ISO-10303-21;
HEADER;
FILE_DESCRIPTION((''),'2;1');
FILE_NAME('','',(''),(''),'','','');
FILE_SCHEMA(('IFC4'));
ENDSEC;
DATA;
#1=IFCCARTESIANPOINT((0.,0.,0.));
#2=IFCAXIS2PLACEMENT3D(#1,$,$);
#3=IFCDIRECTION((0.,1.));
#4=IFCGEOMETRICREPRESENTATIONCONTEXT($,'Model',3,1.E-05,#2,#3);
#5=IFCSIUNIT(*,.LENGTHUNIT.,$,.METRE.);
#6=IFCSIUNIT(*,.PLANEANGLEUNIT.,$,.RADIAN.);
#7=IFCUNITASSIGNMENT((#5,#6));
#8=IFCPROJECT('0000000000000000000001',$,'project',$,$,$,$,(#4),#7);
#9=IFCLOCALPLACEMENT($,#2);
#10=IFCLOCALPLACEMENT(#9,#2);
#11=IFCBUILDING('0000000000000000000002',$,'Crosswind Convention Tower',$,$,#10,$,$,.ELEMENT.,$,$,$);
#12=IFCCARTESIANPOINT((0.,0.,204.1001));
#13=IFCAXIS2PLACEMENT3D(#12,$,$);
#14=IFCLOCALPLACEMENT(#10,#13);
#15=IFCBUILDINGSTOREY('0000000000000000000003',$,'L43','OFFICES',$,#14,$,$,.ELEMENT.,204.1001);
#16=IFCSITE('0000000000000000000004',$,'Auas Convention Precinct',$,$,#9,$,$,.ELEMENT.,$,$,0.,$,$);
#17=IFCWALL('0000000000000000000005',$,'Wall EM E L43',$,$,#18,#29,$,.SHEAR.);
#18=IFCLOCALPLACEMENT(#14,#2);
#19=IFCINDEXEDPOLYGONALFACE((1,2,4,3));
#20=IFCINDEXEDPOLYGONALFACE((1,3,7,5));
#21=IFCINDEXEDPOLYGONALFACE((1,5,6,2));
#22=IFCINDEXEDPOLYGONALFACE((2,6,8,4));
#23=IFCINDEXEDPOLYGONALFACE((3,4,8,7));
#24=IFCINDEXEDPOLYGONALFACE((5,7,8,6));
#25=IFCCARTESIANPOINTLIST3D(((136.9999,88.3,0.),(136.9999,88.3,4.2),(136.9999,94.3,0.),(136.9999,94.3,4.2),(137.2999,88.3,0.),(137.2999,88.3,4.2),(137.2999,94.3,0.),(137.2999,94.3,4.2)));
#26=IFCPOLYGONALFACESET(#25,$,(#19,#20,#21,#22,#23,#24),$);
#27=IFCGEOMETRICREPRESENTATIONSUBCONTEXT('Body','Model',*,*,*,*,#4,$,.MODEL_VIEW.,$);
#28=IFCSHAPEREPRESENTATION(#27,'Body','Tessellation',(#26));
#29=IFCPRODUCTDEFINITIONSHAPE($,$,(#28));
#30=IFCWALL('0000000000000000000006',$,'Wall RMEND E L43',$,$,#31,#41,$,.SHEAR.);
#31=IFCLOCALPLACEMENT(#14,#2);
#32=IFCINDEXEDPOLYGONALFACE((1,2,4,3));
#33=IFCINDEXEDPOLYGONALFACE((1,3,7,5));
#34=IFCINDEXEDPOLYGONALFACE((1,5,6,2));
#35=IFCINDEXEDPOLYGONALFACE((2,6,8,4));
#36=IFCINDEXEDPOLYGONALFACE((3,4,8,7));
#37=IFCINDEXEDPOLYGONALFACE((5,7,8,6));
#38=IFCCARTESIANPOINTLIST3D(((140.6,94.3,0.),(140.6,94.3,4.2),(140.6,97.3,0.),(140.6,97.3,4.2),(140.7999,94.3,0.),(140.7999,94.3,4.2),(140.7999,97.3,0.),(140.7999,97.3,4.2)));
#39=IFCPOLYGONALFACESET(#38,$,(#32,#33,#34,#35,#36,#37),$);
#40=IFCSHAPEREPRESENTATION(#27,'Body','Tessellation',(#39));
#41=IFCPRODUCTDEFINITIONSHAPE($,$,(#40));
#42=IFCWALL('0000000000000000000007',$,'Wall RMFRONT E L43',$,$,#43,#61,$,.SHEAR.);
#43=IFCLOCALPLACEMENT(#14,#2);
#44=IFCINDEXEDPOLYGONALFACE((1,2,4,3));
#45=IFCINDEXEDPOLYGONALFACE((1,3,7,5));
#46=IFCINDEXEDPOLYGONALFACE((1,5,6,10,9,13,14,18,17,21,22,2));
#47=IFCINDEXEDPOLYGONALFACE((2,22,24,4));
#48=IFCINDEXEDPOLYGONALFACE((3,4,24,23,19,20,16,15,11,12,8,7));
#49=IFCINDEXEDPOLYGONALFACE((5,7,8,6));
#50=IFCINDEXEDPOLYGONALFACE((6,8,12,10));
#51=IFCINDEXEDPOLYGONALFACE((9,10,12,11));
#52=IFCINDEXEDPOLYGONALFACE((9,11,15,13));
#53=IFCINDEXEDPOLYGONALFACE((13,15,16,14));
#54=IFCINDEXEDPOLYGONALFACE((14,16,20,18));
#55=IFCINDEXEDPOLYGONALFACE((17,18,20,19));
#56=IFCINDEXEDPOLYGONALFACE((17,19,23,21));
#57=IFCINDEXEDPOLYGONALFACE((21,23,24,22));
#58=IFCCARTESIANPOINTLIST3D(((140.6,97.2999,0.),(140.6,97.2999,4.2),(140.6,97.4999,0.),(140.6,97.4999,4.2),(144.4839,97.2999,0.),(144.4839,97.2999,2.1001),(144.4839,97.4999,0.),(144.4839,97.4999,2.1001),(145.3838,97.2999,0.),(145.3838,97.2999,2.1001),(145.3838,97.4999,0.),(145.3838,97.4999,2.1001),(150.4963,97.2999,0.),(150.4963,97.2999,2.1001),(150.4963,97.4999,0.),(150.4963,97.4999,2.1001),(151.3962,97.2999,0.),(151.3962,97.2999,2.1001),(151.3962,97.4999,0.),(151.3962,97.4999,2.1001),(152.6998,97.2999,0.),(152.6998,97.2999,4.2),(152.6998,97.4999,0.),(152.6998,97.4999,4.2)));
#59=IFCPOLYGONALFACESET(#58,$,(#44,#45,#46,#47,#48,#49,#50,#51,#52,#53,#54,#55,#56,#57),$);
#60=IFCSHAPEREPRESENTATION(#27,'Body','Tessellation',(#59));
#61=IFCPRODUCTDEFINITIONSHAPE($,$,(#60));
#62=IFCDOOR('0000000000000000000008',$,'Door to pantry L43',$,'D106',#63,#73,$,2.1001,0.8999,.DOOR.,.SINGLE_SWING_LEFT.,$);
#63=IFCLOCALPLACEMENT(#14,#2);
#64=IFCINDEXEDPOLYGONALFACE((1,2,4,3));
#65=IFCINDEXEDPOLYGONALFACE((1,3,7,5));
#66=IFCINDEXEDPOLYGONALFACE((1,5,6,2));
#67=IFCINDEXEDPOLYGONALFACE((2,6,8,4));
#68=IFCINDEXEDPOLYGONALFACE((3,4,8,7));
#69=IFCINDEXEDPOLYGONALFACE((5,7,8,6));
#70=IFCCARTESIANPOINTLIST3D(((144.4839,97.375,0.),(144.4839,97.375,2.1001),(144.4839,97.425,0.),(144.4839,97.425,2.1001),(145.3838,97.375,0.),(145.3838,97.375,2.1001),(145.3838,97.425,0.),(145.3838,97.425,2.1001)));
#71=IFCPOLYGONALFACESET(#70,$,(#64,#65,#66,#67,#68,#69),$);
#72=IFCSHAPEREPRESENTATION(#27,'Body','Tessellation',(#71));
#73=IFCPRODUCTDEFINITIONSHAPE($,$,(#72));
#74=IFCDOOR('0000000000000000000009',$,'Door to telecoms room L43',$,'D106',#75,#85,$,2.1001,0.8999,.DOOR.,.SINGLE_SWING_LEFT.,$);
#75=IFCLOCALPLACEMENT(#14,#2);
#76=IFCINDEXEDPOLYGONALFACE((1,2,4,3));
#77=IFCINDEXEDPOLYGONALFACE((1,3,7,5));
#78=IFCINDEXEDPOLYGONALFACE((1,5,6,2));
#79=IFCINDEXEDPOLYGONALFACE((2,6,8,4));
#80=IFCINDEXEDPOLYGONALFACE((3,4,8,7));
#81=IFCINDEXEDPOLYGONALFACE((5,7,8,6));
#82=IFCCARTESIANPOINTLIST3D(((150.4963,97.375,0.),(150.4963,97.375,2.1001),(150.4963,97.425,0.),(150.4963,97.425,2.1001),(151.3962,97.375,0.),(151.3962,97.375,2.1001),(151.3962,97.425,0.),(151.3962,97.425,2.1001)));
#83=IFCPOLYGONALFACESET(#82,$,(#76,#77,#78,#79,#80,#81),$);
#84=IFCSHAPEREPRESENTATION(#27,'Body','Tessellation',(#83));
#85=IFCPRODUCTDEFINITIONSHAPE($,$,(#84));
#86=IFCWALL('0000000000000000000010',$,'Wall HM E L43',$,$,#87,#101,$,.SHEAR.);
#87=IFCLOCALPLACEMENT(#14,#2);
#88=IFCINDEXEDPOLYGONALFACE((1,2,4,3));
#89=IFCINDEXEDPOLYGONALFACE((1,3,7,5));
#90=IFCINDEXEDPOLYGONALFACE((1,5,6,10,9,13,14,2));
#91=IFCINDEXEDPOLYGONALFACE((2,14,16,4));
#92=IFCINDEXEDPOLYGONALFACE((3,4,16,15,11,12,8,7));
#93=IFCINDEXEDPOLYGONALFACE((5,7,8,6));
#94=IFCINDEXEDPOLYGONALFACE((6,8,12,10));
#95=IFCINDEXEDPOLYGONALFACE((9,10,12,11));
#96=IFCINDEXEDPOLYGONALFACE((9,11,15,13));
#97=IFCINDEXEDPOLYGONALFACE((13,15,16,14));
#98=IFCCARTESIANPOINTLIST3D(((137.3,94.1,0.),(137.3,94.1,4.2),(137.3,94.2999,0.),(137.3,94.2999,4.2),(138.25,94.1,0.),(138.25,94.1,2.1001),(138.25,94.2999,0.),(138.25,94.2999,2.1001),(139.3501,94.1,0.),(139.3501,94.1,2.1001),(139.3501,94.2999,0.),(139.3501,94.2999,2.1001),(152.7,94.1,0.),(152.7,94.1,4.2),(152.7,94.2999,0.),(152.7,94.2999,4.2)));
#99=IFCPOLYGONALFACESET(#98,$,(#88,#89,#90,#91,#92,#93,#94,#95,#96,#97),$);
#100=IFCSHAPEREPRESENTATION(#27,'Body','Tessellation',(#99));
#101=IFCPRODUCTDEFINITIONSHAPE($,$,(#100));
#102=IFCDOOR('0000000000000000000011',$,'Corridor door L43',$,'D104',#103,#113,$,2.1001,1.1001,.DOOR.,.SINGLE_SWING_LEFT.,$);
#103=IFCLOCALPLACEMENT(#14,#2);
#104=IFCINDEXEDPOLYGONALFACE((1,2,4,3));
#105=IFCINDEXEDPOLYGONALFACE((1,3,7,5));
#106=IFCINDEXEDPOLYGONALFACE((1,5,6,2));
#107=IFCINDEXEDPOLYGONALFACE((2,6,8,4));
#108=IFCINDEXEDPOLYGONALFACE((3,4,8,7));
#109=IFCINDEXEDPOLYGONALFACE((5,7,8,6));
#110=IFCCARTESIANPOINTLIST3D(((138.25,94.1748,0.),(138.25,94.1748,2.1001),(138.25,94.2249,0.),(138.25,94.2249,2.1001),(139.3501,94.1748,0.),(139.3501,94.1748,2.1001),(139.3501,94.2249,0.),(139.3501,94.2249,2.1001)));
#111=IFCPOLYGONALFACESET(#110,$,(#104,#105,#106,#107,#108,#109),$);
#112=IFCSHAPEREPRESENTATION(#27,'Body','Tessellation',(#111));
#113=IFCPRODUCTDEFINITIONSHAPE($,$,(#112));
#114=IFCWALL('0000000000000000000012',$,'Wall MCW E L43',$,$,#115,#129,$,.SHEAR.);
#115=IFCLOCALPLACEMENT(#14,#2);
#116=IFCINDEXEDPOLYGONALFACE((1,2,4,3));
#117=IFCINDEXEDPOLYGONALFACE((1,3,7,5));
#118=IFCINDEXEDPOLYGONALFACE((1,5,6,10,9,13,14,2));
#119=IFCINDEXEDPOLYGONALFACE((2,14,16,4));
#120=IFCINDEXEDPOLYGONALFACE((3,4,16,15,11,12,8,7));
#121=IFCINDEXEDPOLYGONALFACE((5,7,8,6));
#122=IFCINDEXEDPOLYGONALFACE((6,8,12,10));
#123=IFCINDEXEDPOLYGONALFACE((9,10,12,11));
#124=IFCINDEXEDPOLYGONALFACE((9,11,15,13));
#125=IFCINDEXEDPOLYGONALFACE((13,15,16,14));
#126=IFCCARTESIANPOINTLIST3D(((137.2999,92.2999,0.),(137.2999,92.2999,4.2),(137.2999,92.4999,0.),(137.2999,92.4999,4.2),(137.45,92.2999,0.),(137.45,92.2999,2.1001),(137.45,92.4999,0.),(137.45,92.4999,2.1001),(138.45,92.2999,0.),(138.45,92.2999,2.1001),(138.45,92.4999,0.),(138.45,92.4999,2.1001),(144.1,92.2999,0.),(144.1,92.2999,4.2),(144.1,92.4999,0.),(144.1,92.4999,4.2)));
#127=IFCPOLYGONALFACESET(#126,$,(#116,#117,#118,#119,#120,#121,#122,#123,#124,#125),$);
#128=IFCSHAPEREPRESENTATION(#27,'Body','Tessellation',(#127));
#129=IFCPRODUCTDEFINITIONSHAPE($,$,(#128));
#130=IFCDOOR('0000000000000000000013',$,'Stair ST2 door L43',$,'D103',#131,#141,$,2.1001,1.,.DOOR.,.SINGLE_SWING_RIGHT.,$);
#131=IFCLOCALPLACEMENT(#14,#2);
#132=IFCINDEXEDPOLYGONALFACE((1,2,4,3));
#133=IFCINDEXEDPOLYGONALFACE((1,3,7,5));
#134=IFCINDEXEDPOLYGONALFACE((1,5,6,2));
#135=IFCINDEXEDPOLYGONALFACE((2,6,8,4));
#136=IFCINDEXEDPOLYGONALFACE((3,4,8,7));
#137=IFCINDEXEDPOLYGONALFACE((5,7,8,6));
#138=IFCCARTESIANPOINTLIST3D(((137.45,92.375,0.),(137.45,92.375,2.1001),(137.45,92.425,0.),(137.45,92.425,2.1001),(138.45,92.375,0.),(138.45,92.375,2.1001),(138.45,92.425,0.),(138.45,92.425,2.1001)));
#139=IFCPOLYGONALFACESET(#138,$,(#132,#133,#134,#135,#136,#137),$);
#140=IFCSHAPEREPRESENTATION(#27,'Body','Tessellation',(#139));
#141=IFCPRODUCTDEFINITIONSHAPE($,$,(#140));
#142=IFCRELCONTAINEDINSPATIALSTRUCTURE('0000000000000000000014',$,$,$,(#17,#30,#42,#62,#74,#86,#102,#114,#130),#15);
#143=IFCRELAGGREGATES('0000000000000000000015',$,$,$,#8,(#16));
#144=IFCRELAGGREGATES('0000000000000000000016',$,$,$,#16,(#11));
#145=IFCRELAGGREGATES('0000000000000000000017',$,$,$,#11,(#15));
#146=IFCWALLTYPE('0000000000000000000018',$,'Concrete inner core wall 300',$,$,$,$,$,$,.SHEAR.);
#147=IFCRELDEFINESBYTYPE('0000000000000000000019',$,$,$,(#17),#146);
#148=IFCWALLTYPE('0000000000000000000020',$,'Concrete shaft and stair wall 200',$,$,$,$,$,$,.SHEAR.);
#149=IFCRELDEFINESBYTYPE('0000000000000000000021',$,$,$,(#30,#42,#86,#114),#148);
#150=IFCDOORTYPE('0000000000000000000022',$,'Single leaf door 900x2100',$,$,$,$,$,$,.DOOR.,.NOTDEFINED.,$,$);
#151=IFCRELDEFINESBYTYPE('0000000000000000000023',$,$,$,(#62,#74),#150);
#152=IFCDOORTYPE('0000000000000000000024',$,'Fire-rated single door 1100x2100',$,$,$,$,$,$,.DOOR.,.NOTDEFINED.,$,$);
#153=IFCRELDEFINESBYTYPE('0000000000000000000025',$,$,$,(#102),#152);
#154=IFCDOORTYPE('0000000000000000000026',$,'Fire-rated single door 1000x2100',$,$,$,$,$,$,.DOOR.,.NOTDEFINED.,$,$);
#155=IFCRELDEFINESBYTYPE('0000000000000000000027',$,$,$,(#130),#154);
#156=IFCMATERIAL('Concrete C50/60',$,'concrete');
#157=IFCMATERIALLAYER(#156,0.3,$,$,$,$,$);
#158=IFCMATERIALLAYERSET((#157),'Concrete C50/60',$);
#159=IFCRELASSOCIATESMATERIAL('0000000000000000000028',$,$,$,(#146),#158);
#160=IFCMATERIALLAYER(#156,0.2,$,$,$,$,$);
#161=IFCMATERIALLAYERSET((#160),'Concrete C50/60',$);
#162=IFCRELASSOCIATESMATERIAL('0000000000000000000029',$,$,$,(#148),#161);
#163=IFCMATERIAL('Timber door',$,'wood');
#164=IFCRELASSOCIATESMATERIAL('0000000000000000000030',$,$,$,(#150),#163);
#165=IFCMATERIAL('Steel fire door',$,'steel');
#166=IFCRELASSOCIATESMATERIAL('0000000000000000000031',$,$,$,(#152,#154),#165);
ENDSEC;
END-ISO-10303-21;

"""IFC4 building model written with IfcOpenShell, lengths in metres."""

from ifc_helpers import new_model, si_unit, direction, frame, frame_2d, origin, place, context, subcontext, project, spatial, rectangle, extrude, material, layer, layer_set, type_object, element, fill, save


model = new_model("IFC4")

# Units and contexts
model_context = context("Model", 3, precision=1e-05, world=origin(), true_north=direction((0.0, 1.0)))
body_context = subcontext(model_context, "Body", "Model", "MODEL_VIEW")
ifc_project = project(units=[si_unit("LENGTHUNIT", "METRE"), si_unit("PLANEANGLEUNIT", "RADIAN")], contexts=[model_context])

# Site, building, storey
site_placement = place(None, origin())
site = spatial("IfcSite", under=ifc_project, at=site_placement, Name="Auas Convention Precinct", CompositionType="ELEMENT", RefElevation=0.0)
building_placement = place(site_placement, origin())
building = spatial("IfcBuilding", under=site, at=building_placement, Name="Crosswind Convention Tower", CompositionType="ELEMENT")
storey_placement = place(building_placement, frame((0.0, 0.0, 204.1001)))
storey = spatial("IfcBuildingStorey", under=building, at=storey_placement, Name="L43", Description="OFFICES", CompositionType="ELEMENT", Elevation=204.1001)

# Shared definitions
ifc_material_1 = material(Name="Concrete C50/60", Category="concrete")
ifc_layer_1 = layer(ifc_material_1, 0.3)
ifc_layer_set_1 = layer_set([ifc_layer_1], Name="Concrete C50/60")
wall_type_1 = type_object("IfcWallType", Name="Concrete inner core wall 300", PredefinedType="SHEAR", material=ifc_layer_set_1)

# Walls
wall_1_placement = place(storey_placement, frame((137.1499, 88.3, 0.0), z_axis=(0.0, 0.0, 1.0), x_axis=(0.0, 1.0, 0.0)))
element("IfcWall", 1, at=wall_1_placement, inside=storey, type_object=wall_type_1, Name="Wall EM E L43", PredefinedType="SHEAR", context=body_context, shape_type="SweptSolid", body=[
    extrude(rectangle(XDim=6.0, YDim=0.3, at=frame_2d((3.0, 0.0))), origin(), (0.0, 0.0, 1.0), 4.2),
])
ifc_layer_2 = layer(ifc_material_1, 0.2)
ifc_layer_set_2 = layer_set([ifc_layer_2], Name="Concrete C50/60")
wall_type_2 = type_object("IfcWallType", Name="Concrete shaft and stair wall 200", PredefinedType="SHEAR", material=ifc_layer_set_2)
wall_2_placement = place(storey_placement, frame((140.7, 94.3, 0.0), z_axis=(0.0, 0.0, 1.0), x_axis=(0.0, 1.0, 0.0)))
element("IfcWall", 2, at=wall_2_placement, inside=storey, type_object=wall_type_2, Name="Wall RMEND E L43", PredefinedType="SHEAR", context=body_context, shape_type="SweptSolid", body=[
    extrude(rectangle(XDim=3.0, YDim=0.2, at=frame_2d((1.5, 0.0))), origin(), (0.0, 0.0, 1.0), 4.2),
])

# Wall, openings, doors
wall_3_placement = place(storey_placement, frame((140.6001, 97.3999, 0.0), z_axis=(0.0, 0.0, 1.0), x_axis=(1.0, 0.0, 0.0)))
wall_3 = element("IfcWall", 3, at=wall_3_placement, inside=storey, type_object=wall_type_2, Name="Wall RMFRONT E L43", PredefinedType="SHEAR", context=body_context, shape_type="SweptSolid", body=[
    extrude(rectangle(XDim=12.0999, YDim=0.2, at=frame_2d((6.0498, 0.0))), origin(), (0.0, 0.0, 1.0), 4.2),
])
opening_1_placement = place(wall_3_placement, frame((3.8838, 0.0, 0.0)))
opening_1 = element("IfcOpeningElement", 4, at=opening_1_placement, cuts=wall_3, PredefinedType="OPENING", context=body_context, shape_type="SweptSolid", body=[
    extrude(rectangle(XDim=0.8999, YDim=2.1001, at=frame_2d((0.45, 1.05))), frame((0.0, 0.1099, 0.0), z_axis=(0.0, -1.0, 0.0), x_axis=(1.0, 0.0, 0.0)), (0.0, 0.0, 1.0), 0.22),
])
opening_2_placement = place(wall_3_placement, frame((9.8962, 0.0, 0.0)))
opening_2 = element("IfcOpeningElement", 5, at=opening_2_placement, cuts=wall_3, PredefinedType="OPENING", context=body_context, shape_type="SweptSolid", body=[
    extrude(rectangle(XDim=0.8999, YDim=2.1001, at=frame_2d((0.45, 1.05))), frame((0.0, 0.1099, 0.0), z_axis=(0.0, -1.0, 0.0), x_axis=(1.0, 0.0, 0.0)), (0.0, 0.0, 1.0), 0.22),
])
ifc_material_2 = material(Name="Timber door", Category="wood")
door_type_1 = type_object("IfcDoorType", Name="Single leaf door 900x2100", OperationType="NOTDEFINED", PredefinedType="DOOR", material=ifc_material_2)
door_1_placement = place(opening_1_placement, frame((0.8999, 0.0, 0.0), z_axis=(0.0, 0.0, 1.0), x_axis=(-1.0, 0.0, 0.0)))
door_1 = element("IfcDoor", 6, at=door_1_placement, inside=storey, type_object=door_type_1, Name="Door to pantry L43", ObjectType="D106", OperationType="SINGLE_SWING_LEFT", OverallHeight=2.1001, OverallWidth=0.8999, PredefinedType="DOOR", context=body_context, shape_type="SweptSolid", body=[
    extrude(rectangle(XDim=0.8999, YDim=2.1001, at=frame_2d((0.45, 1.05))), frame((0.0, 0.0249, 0.0), z_axis=(0.0, -1.0, 0.0), x_axis=(1.0, 0.0, 0.0)), (0.0, 0.0, 1.0), 0.05),
])
fill(opening_1, door_1)
door_2_placement = place(opening_2_placement, frame((0.8999, 0.0, 0.0), z_axis=(0.0, 0.0, 1.0), x_axis=(-1.0, 0.0, 0.0)))
door_2 = element("IfcDoor", 7, at=door_2_placement, inside=storey, type_object=door_type_1, Name="Door to telecoms room L43", ObjectType="D106", OperationType="SINGLE_SWING_LEFT", OverallHeight=2.1001, OverallWidth=0.8999, PredefinedType="DOOR", context=body_context, shape_type="SweptSolid", body=[
    extrude(rectangle(XDim=0.8999, YDim=2.1001, at=frame_2d((0.45, 1.05))), frame((0.0, 0.0249, 0.0), z_axis=(0.0, -1.0, 0.0), x_axis=(1.0, 0.0, 0.0)), (0.0, 0.0, 1.0), 0.05),
])
fill(opening_2, door_2)

# Walls, openings, doors
wall_4_placement = place(storey_placement, frame((137.3, 94.2, 0.0), z_axis=(0.0, 0.0, 1.0), x_axis=(1.0, 0.0, 0.0)))
wall_4 = element("IfcWall", 8, at=wall_4_placement, inside=storey, type_object=wall_type_2, Name="Wall HM E L43", PredefinedType="SHEAR", context=body_context, shape_type="SweptSolid", body=[
    extrude(rectangle(XDim=15.3999, YDim=0.2, at=frame_2d((7.7, 0.0))), origin(), (0.0, 0.0, 1.0), 4.2),
])
opening_3_placement = place(wall_4_placement, frame((0.95, 0.0, 0.0)))
opening_3 = element("IfcOpeningElement", 9, at=opening_3_placement, cuts=wall_4, PredefinedType="OPENING", context=body_context, shape_type="SweptSolid", body=[
    extrude(rectangle(XDim=1.1001, YDim=2.1001, at=frame_2d((0.55, 1.05))), frame((0.0, 0.1099, 0.0), z_axis=(0.0, -1.0, 0.0), x_axis=(1.0, 0.0, 0.0)), (0.0, 0.0, 1.0), 0.22),
])
ifc_material_3 = material(Name="Steel fire door", Category="steel")
door_type_2 = type_object("IfcDoorType", Name="Fire-rated single door 1100x2100", OperationType="NOTDEFINED", PredefinedType="DOOR", material=ifc_material_3)
door_3_placement = place(opening_3_placement, origin())
door_3 = element("IfcDoor", 10, at=door_3_placement, inside=storey, type_object=door_type_2, Name="Corridor door L43", ObjectType="D104", OperationType="SINGLE_SWING_LEFT", OverallHeight=2.1001, OverallWidth=1.1001, PredefinedType="DOOR", context=body_context, shape_type="SweptSolid", body=[
    extrude(rectangle(XDim=1.1001, YDim=2.1001, at=frame_2d((0.55, 1.05))), frame((0.0, 0.0249, 0.0), z_axis=(0.0, -1.0, 0.0), x_axis=(1.0, 0.0, 0.0)), (0.0, 0.0, 1.0), 0.05),
])
fill(opening_3, door_3)
wall_5_placement = place(storey_placement, frame((137.3, 92.3999, 0.0), z_axis=(0.0, 0.0, 1.0), x_axis=(1.0, 0.0, 0.0)))
wall_5 = element("IfcWall", 11, at=wall_5_placement, inside=storey, type_object=wall_type_2, Name="Wall MCW E L43", PredefinedType="SHEAR", context=body_context, shape_type="SweptSolid", body=[
    extrude(rectangle(XDim=6.8, YDim=0.2, at=frame_2d((3.3999, 0.0))), origin(), (0.0, 0.0, 1.0), 4.2),
])
opening_4_placement = place(wall_5_placement, frame((0.1499, 0.0, 0.0)))
opening_4 = element("IfcOpeningElement", 12, at=opening_4_placement, cuts=wall_5, PredefinedType="OPENING", context=body_context, shape_type="SweptSolid", body=[
    extrude(rectangle(XDim=1.0, YDim=2.1001, at=frame_2d((0.5, 1.05))), frame((0.0, 0.1099, 0.0), z_axis=(0.0, -1.0, 0.0), x_axis=(1.0, 0.0, 0.0)), (0.0, 0.0, 1.0), 0.22),
])
door_type_3 = type_object("IfcDoorType", Name="Fire-rated single door 1000x2100", OperationType="NOTDEFINED", PredefinedType="DOOR", material=ifc_material_3)
door_4_placement = place(opening_4_placement, frame((1.0, 0.0, 0.0), z_axis=(0.0, 0.0, 1.0), x_axis=(-1.0, 0.0, 0.0)))
door_4 = element("IfcDoor", 13, at=door_4_placement, inside=storey, type_object=door_type_3, Name="Stair ST2 door L43", ObjectType="D103", OperationType="SINGLE_SWING_RIGHT", OverallHeight=2.1001, OverallWidth=1.0, PredefinedType="DOOR", context=body_context, shape_type="SweptSolid", body=[
    extrude(rectangle(XDim=1.0, YDim=2.1001, at=frame_2d((0.5, 1.05))), frame((0.0, 0.0249, 0.0), z_axis=(0.0, -1.0, 0.0), x_axis=(1.0, 0.0, 0.0)), (0.0, 0.0, 1.0), 0.05),
])
fill(opening_4, door_4)

save(model, "model.ifc")
